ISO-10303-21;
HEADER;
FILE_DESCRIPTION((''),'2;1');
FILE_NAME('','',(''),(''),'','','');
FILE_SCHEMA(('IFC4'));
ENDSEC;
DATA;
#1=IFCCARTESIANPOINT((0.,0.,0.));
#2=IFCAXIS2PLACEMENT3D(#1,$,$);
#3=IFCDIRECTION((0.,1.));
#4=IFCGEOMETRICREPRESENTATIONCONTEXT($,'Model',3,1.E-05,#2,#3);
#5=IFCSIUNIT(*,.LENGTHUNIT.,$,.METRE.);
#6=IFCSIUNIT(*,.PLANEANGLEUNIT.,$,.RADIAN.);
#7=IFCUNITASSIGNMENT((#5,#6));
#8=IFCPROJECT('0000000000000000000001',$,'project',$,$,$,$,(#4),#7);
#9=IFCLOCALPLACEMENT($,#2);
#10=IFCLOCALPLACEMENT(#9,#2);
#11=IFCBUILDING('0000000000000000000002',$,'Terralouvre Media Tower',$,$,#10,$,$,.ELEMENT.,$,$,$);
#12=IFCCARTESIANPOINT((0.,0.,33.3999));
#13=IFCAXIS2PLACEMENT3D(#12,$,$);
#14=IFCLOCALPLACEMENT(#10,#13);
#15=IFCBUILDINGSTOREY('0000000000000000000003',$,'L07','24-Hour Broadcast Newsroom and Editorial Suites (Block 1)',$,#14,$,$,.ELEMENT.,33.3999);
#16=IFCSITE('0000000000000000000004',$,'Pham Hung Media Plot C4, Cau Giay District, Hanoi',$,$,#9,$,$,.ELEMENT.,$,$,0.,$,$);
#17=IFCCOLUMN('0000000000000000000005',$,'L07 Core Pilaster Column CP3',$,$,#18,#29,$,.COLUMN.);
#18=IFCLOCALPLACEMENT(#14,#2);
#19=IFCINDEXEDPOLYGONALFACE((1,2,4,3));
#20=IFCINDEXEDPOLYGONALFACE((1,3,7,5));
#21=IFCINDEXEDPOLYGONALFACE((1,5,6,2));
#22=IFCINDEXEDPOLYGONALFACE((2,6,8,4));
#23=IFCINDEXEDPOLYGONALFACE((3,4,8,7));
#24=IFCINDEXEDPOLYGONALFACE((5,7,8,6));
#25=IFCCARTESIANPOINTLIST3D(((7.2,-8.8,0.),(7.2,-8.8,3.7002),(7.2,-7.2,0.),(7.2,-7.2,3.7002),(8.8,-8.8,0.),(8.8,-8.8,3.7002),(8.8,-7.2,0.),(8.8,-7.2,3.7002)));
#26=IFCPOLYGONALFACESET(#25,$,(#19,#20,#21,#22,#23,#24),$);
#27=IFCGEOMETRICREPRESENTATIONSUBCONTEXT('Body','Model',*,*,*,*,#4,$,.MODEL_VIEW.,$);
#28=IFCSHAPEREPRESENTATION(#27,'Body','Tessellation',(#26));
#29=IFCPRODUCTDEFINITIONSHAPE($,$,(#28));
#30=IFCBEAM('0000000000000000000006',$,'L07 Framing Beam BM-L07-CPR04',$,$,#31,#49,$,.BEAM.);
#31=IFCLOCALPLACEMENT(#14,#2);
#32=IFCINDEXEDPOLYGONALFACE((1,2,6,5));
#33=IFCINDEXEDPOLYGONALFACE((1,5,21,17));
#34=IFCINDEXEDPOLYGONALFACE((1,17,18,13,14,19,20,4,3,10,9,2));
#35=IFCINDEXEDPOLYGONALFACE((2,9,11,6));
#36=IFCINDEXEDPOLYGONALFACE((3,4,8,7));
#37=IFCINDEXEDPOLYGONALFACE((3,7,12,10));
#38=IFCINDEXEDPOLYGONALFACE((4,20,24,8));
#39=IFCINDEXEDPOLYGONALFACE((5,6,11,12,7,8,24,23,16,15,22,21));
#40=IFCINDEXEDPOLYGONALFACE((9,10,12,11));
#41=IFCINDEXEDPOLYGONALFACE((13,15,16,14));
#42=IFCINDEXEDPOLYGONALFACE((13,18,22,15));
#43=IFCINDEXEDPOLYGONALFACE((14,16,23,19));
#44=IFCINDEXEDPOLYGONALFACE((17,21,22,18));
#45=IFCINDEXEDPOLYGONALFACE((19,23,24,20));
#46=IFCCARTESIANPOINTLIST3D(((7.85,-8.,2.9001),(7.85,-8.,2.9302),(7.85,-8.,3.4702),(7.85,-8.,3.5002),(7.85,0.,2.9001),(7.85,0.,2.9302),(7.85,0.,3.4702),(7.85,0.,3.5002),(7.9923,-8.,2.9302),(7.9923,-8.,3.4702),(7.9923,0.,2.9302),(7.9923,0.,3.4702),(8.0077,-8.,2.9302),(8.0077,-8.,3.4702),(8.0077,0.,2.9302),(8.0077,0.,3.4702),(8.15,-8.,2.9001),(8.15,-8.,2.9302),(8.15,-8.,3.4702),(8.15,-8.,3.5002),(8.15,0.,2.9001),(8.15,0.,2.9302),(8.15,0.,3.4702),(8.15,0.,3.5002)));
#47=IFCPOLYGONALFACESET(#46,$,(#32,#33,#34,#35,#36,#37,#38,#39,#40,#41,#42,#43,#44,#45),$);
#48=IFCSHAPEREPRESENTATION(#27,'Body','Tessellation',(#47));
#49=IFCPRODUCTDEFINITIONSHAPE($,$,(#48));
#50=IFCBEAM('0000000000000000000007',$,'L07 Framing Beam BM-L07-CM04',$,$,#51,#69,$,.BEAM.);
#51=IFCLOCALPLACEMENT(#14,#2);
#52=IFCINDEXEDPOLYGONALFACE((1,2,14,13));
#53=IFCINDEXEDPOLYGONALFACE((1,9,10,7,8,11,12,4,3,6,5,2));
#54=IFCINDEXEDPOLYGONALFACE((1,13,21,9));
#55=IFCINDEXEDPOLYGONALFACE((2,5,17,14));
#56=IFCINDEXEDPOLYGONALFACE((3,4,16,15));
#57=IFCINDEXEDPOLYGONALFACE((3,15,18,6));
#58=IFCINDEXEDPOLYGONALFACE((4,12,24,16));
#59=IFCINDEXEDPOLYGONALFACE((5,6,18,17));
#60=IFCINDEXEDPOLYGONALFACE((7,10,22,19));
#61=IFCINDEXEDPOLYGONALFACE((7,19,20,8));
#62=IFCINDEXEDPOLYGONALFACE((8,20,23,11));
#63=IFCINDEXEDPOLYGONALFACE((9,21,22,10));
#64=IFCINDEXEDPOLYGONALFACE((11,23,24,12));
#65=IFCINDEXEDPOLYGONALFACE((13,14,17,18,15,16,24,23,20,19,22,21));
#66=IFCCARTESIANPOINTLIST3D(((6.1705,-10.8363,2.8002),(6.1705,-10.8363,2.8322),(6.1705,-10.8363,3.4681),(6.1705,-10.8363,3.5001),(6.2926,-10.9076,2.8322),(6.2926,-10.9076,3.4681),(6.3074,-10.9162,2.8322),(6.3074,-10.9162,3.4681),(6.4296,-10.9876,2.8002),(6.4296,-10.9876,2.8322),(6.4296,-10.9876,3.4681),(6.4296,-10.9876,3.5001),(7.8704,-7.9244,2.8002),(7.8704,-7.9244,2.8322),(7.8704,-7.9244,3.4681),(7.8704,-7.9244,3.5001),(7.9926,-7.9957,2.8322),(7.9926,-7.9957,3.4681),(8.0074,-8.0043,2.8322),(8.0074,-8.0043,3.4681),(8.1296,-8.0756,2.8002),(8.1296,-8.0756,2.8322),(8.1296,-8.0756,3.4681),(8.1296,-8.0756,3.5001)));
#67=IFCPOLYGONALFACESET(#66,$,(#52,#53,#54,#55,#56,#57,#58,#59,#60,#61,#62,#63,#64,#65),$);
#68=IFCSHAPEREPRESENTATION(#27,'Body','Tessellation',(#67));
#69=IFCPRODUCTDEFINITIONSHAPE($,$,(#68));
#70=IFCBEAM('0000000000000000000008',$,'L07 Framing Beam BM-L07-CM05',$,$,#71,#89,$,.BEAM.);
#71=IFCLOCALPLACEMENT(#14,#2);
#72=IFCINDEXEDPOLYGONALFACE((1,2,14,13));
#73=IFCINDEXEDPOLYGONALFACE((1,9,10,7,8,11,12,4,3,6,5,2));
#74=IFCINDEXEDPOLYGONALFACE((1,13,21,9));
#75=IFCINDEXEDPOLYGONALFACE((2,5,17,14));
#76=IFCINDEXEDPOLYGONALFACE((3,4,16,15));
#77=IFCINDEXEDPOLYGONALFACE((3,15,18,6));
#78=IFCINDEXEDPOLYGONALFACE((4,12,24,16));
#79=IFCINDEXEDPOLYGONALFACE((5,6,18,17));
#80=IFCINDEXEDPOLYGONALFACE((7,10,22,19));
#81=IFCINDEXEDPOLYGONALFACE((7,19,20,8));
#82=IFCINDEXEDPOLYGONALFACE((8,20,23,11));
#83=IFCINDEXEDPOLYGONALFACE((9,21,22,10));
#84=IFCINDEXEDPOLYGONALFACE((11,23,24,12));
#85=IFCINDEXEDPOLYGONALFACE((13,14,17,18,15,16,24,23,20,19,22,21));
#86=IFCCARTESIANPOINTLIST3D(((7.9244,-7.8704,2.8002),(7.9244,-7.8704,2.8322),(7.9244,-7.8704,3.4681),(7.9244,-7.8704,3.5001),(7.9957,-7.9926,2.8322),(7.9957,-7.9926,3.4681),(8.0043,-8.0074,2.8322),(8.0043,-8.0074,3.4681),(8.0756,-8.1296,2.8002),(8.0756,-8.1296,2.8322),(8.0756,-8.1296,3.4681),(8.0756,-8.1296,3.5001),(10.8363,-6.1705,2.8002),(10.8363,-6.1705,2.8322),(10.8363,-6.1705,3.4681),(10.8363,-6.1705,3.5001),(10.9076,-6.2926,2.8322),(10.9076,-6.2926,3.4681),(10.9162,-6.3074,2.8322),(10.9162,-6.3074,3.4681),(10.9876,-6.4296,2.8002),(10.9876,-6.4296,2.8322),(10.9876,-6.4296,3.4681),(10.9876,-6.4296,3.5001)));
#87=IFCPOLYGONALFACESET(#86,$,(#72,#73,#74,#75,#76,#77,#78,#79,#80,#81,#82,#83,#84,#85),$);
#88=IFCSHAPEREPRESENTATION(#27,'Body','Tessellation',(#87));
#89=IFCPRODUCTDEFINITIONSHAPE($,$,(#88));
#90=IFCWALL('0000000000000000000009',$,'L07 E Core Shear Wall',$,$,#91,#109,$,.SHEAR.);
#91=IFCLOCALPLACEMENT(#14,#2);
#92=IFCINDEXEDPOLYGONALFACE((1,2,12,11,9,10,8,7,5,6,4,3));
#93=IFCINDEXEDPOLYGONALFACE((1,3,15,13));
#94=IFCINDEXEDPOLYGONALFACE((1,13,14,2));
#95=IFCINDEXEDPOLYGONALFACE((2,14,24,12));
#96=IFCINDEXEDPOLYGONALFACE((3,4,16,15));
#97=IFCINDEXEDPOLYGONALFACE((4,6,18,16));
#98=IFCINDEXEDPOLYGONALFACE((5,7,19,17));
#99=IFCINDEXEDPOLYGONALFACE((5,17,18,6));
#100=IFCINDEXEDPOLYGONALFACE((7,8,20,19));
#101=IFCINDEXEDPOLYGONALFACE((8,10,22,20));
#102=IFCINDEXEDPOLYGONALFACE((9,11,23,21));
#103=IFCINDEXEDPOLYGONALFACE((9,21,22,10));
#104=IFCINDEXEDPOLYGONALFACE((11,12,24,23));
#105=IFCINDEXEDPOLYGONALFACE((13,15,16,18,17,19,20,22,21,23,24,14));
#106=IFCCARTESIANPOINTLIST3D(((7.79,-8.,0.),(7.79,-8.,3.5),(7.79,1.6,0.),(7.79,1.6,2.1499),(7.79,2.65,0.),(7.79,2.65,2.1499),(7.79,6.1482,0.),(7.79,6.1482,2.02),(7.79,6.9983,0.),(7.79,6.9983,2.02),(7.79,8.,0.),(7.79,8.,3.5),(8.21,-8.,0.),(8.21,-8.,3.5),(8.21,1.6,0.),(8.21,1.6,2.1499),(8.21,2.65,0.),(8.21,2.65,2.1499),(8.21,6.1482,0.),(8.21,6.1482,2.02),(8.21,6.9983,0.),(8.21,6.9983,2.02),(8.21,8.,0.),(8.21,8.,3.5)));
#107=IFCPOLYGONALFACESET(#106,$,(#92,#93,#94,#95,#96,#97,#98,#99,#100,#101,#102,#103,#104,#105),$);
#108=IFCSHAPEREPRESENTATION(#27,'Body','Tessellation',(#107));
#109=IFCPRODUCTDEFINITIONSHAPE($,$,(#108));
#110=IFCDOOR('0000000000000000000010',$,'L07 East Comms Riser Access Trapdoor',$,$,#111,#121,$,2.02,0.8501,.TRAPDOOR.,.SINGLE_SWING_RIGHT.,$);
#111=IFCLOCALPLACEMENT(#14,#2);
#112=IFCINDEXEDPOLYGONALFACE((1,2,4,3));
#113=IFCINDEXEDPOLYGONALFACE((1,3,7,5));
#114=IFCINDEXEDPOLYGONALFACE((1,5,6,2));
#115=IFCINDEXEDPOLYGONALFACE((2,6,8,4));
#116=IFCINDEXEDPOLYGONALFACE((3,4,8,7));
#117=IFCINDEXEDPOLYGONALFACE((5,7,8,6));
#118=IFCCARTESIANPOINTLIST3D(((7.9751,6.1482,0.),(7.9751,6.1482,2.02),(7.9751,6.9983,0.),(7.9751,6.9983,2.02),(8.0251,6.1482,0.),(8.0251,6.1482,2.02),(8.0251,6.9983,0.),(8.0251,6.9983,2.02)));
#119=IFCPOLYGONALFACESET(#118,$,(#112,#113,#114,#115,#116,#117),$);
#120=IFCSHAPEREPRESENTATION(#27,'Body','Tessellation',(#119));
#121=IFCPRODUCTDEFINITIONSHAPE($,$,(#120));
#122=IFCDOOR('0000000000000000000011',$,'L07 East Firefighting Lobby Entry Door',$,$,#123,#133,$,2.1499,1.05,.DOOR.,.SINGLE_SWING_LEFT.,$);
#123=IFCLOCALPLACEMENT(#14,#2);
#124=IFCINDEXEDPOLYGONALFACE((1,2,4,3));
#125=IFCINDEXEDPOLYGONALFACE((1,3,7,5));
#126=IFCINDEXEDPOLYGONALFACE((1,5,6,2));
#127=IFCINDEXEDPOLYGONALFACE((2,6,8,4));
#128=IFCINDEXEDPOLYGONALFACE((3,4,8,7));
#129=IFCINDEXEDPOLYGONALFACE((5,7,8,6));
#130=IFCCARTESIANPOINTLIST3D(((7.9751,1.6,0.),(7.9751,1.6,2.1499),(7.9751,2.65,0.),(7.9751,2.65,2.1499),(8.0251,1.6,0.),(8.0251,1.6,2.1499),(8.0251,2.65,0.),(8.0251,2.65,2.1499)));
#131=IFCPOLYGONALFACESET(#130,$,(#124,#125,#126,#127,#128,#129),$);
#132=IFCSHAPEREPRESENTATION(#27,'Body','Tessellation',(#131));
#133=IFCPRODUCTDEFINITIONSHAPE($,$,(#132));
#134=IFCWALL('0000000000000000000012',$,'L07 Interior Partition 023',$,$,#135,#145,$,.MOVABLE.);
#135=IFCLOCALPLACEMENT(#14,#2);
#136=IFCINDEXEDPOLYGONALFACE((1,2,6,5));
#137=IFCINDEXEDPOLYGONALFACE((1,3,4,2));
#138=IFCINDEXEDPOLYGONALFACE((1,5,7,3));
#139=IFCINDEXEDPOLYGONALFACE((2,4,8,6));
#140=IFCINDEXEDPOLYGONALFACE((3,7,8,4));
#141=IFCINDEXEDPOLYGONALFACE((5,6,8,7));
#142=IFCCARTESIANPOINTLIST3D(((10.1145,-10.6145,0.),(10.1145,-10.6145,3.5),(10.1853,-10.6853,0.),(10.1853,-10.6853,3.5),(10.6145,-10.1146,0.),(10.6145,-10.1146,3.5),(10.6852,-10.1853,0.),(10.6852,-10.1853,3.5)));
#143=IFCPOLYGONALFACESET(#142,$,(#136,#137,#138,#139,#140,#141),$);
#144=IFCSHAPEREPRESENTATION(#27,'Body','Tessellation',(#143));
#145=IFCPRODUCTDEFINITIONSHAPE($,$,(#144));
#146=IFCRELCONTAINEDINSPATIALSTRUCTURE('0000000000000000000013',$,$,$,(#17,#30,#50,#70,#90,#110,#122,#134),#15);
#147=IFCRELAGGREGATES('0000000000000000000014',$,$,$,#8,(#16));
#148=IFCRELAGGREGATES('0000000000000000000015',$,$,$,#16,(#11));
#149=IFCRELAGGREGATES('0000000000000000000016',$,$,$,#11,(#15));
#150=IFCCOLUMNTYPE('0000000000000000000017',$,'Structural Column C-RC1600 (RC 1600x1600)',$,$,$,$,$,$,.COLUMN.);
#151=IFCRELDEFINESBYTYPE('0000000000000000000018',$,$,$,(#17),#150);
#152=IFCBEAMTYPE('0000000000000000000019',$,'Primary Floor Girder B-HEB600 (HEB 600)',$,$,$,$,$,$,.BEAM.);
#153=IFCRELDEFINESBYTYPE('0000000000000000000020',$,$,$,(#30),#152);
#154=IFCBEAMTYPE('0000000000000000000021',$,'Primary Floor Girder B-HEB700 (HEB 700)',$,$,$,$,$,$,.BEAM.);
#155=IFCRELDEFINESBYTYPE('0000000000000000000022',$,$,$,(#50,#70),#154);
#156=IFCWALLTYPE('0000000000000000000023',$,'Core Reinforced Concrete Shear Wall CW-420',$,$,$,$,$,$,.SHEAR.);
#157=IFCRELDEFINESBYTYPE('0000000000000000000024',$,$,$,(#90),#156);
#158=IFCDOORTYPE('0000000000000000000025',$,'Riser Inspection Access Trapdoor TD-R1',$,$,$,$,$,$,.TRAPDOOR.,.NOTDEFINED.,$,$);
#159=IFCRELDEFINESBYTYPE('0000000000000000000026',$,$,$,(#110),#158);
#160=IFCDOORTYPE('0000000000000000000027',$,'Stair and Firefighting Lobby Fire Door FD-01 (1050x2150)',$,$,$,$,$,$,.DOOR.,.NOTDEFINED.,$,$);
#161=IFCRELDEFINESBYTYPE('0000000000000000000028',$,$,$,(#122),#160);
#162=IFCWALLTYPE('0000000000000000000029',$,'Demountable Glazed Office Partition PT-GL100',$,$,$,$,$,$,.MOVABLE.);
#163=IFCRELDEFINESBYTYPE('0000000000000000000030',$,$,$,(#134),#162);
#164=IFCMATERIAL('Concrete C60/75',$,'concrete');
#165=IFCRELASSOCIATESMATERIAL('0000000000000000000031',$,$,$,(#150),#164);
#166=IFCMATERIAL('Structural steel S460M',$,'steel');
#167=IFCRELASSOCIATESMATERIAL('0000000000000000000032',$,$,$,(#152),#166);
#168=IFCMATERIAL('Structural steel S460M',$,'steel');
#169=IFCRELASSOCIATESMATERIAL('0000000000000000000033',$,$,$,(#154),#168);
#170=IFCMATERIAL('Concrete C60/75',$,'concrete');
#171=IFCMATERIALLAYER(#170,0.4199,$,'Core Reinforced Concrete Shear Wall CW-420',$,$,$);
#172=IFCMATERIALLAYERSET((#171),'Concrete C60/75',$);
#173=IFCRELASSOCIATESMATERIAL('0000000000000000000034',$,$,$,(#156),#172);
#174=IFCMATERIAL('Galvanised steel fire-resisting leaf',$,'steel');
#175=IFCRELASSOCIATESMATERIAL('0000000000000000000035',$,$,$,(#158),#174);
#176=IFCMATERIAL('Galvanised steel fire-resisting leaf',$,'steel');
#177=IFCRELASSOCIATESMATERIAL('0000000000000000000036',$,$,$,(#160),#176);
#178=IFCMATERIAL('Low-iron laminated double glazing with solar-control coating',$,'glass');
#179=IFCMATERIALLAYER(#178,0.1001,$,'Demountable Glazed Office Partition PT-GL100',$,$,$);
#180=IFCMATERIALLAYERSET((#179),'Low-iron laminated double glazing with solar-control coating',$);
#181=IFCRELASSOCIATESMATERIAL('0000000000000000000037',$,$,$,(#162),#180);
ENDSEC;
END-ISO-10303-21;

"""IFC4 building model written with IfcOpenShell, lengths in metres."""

from ifc_helpers import new_model, si_unit, direction, frame, frame_2d, origin, origin_2d, place, context, subcontext, project, spatial, rectangle, i_section, extrude, material, layer, layer_set, material_profile, profile_set, type_object, element, fill, save


model = new_model("IFC4")

# Units and contexts
model_context = context("Model", 3, precision=1e-05, world=origin(), true_north=direction((0.0, 1.0)))
body_context = subcontext(model_context, "Body", "Model", "MODEL_VIEW")
ifc_project = project(units=[si_unit("LENGTHUNIT", "METRE"), si_unit("PLANEANGLEUNIT", "RADIAN")], contexts=[model_context])

# Site, building, storey
site_placement = place(None, origin())
site = spatial("IfcSite", under=ifc_project, at=site_placement, Name="Pham Hung Media Plot C4, Cau Giay District, Hanoi", CompositionType="ELEMENT", RefElevation=0.0)
building_placement = place(site_placement, origin())
building = spatial("IfcBuilding", under=site, at=building_placement, Name="Terralouvre Media Tower", CompositionType="ELEMENT")
storey_placement = place(building_placement, frame((0.0, 0.0, 33.3999)))
storey = spatial("IfcBuildingStorey", under=building, at=storey_placement, Name="L07", Description="24-Hour Broadcast Newsroom and Editorial Suites (Block 1)", CompositionType="ELEMENT", Elevation=33.3999)

# Column
ifc_material_1 = material(Name="Concrete C60/75", Category="concrete")
ifc_material_profile_1 = material_profile(ifc_material_1, rectangle(XDim=1.6001, YDim=1.6001, at=origin_2d()), Name="RC 1600x1600")
ifc_profile_set_1 = profile_set([ifc_material_profile_1], Name="Concrete C60/75")
column_type = type_object("IfcColumnType", Name="Structural Column C-RC1600 (RC 1600x1600)", PredefinedType="COLUMN", material=ifc_profile_set_1)
column_placement = place(storey_placement, frame((8.0, -8.0, 0.0), z_axis=(0.0, 0.0, 1.0), x_axis=(1.0, 0.0, 0.0)))
element("IfcColumn", 1, at=column_placement, inside=storey, type_object=column_type, Name="L07 Core Pilaster Column CP3", PredefinedType="COLUMN", context=body_context, shape_type="SweptSolid", body=[
    extrude(rectangle(XDim=1.6001, YDim=1.6001, at=origin_2d()), origin(), (0.0, 0.0, 1.0), 3.7002),
])

# Beams
ifc_material_2 = material(Name="Structural steel S460M", Category="steel")
ifc_material_profile_2 = material_profile(ifc_material_2, i_section(OverallWidth=0.3, OverallDepth=0.6001, WebThickness=0.0154, FlangeThickness=0.03, at=origin_2d()), Name="HEB 600")
ifc_profile_set_2 = profile_set([ifc_material_profile_2], Name="Structural steel S460M")
beam_type_1 = type_object("IfcBeamType", Name="Primary Floor Girder B-HEB600 (HEB 600)", PredefinedType="BEAM", material=ifc_profile_set_2)
beam_placement = place(storey_placement, frame((8.0, -8.0, 3.2002), z_axis=(0.0, 1.0, 0.0), x_axis=(-1.0, 0.0, 0.0)))
element("IfcBeam", 2, at=beam_placement, inside=storey, type_object=beam_type_1, Name="L07 Framing Beam BM-L07-CPR04", PredefinedType="BEAM", context=body_context, shape_type="SweptSolid", body=[
    extrude(i_section(OverallWidth=0.3, OverallDepth=0.6001, WebThickness=0.0154, FlangeThickness=0.03, at=origin_2d()), origin(), (0.0, 0.0, 1.0), 8.0),
])
ifc_material_3 = material(Name="Structural steel S460M", Category="steel")
ifc_material_profile_3 = material_profile(ifc_material_3, i_section(OverallWidth=0.3, OverallDepth=0.7, WebThickness=0.0171, FlangeThickness=0.032, at=origin_2d()), Name="HEB 700")
ifc_profile_set_3 = profile_set([ifc_material_profile_3], Name="Structural steel S460M")
beam_type_2 = type_object("IfcBeamType", Name="Primary Floor Girder B-HEB700 (HEB 700)", PredefinedType="BEAM", material=ifc_profile_set_3)
for number, where, z_axis, x_axis, name in (
    (3, (8.0, -8.0, 3.1501), (-0.504173, -0.863603, 0.0), (0.863603, -0.504173, 0.0), "L07 Framing Beam BM-L07-CM04"),
    (4, (8.0, -8.0, 3.1501), (0.863603, 0.504173, 0.0), (-0.504173, 0.863603, 0.0), "L07 Framing Beam BM-L07-CM05"),
):
    element("IfcBeam", number, at=place(storey_placement, frame(where, z_axis=z_axis, x_axis=x_axis)), inside=storey, type_object=beam_type_2, Name=name, PredefinedType="BEAM", context=body_context, shape_type="SweptSolid", body=[
        extrude(i_section(OverallWidth=0.3, OverallDepth=0.7, WebThickness=0.0171, FlangeThickness=0.032, at=origin_2d()), origin(), (0.0, 0.0, 1.0), 3.3718),
    ])

# Wall, openings, doors
ifc_material_4 = material(Name="Concrete C60/75", Category="concrete")
ifc_layer_1 = layer(ifc_material_4, 0.4199, Name="Core Reinforced Concrete Shear Wall CW-420")
ifc_layer_set_1 = layer_set([ifc_layer_1], Name="Concrete C60/75")
wall_type_1 = type_object("IfcWallType", Name="Core Reinforced Concrete Shear Wall CW-420", PredefinedType="SHEAR", material=ifc_layer_set_1)
wall_1_placement = place(storey_placement, frame((8.0, -8.0, 0.0), z_axis=(0.0, 0.0, 1.0), x_axis=(0.0, 1.0, 0.0)))
wall_1 = element("IfcWall", 5, at=wall_1_placement, inside=storey, type_object=wall_type_1, Name="L07 E Core Shear Wall", PredefinedType="SHEAR", context=body_context, shape_type="SweptSolid", body=[
    extrude(rectangle(XDim=16.0, YDim=0.4199, at=frame_2d((8.0, 0.0))), origin(), (0.0, 0.0, 1.0), 3.5),
])
opening_1_placement = place(wall_1_placement, frame((9.6001, 0.0, 0.0)))
opening_1 = element("IfcOpeningElement", 6, at=opening_1_placement, cuts=wall_1, PredefinedType="OPENING", context=body_context, shape_type="SweptSolid", body=[
    extrude(rectangle(XDim=1.05, YDim=2.1499, at=frame_2d((0.5249, 1.075))), frame((0.0, 0.22, 0.0), z_axis=(0.0, -1.0, 0.0), x_axis=(1.0, 0.0, 0.0)), (0.0, 0.0, 1.0), 0.4399),
])
opening_2_placement = place(wall_1_placement, frame((14.1482, 0.0, 0.0)))
opening_2 = element("IfcOpeningElement", 7, at=opening_2_placement, cuts=wall_1, PredefinedType="OPENING", context=body_context, shape_type="SweptSolid", body=[
    extrude(rectangle(XDim=0.8501, YDim=2.02, at=frame_2d((0.425, 1.01))), frame((0.0, 0.22, 0.0), z_axis=(0.0, -1.0, 0.0), x_axis=(1.0, 0.0, 0.0)), (0.0, 0.0, 1.0), 0.4399),
])
ifc_material_5 = material(Name="Galvanised steel fire-resisting leaf", Category="steel")
door_type_1 = type_object("IfcDoorType", Name="Riser Inspection Access Trapdoor TD-R1", OperationType="NOTDEFINED", PredefinedType="TRAPDOOR", material=ifc_material_5)
door_1_placement = place(opening_2_placement, origin())
door_1 = element("IfcDoor", 8, at=door_1_placement, inside=storey, type_object=door_type_1, Name="L07 East Comms Riser Access Trapdoor", OperationType="SINGLE_SWING_RIGHT", OverallHeight=2.02, OverallWidth=0.8501, PredefinedType="TRAPDOOR", context=body_context, shape_type="SweptSolid", body=[
    extrude(rectangle(XDim=0.8501, YDim=2.02, at=frame_2d((0.425, 1.01))), frame((0.0, 0.0249, 0.0), z_axis=(0.0, -1.0, 0.0), x_axis=(1.0, 0.0, 0.0)), (0.0, 0.0, 1.0), 0.05),
])
fill(opening_2, door_1)
ifc_material_6 = material(Name="Galvanised steel fire-resisting leaf", Category="steel")
door_type_2 = type_object("IfcDoorType", Name="Stair and Firefighting Lobby Fire Door FD-01 (1050x2150)", OperationType="NOTDEFINED", PredefinedType="DOOR", material=ifc_material_6)
door_2_placement = place(opening_1_placement, origin())
door_2 = element("IfcDoor", 9, at=door_2_placement, inside=storey, type_object=door_type_2, Name="L07 East Firefighting Lobby Entry Door", OperationType="SINGLE_SWING_LEFT", OverallHeight=2.1499, OverallWidth=1.05, PredefinedType="DOOR", context=body_context, shape_type="SweptSolid", body=[
    extrude(rectangle(XDim=1.05, YDim=2.1499, at=frame_2d((0.5249, 1.075))), frame((0.0, 0.0249, 0.0), z_axis=(0.0, -1.0, 0.0), x_axis=(1.0, 0.0, 0.0)), (0.0, 0.0, 1.0), 0.05),
])
fill(opening_1, door_2)

# Wall
ifc_material_7 = material(Name="Low-iron laminated double glazing with solar-control coating", Category="glass")
ifc_layer_2 = layer(ifc_material_7, 0.1001, Name="Demountable Glazed Office Partition PT-GL100")
ifc_layer_set_2 = layer_set([ifc_layer_2], Name="Low-iron laminated double glazing with solar-control coating")
wall_type_2 = type_object("IfcWallType", Name="Demountable Glazed Office Partition PT-GL100", PredefinedType="MOVABLE", material=ifc_layer_set_2)
wall_2_placement = place(storey_placement, frame((10.1499, -10.6499, 0.0), z_axis=(0.0, 0.0, 1.0), x_axis=(0.707107, 0.707107, 0.0)))
element("IfcWall", 10, at=wall_2_placement, inside=storey, type_object=wall_type_2, Name="L07 Interior Partition 023", PredefinedType="MOVABLE", context=body_context, shape_type="SweptSolid", body=[
    extrude(rectangle(XDim=0.707, YDim=0.1001, at=frame_2d((0.3535, 0.0))), origin(), (0.0, 0.0, 1.0), 3.5),
])

save(model, "model.ifc")
